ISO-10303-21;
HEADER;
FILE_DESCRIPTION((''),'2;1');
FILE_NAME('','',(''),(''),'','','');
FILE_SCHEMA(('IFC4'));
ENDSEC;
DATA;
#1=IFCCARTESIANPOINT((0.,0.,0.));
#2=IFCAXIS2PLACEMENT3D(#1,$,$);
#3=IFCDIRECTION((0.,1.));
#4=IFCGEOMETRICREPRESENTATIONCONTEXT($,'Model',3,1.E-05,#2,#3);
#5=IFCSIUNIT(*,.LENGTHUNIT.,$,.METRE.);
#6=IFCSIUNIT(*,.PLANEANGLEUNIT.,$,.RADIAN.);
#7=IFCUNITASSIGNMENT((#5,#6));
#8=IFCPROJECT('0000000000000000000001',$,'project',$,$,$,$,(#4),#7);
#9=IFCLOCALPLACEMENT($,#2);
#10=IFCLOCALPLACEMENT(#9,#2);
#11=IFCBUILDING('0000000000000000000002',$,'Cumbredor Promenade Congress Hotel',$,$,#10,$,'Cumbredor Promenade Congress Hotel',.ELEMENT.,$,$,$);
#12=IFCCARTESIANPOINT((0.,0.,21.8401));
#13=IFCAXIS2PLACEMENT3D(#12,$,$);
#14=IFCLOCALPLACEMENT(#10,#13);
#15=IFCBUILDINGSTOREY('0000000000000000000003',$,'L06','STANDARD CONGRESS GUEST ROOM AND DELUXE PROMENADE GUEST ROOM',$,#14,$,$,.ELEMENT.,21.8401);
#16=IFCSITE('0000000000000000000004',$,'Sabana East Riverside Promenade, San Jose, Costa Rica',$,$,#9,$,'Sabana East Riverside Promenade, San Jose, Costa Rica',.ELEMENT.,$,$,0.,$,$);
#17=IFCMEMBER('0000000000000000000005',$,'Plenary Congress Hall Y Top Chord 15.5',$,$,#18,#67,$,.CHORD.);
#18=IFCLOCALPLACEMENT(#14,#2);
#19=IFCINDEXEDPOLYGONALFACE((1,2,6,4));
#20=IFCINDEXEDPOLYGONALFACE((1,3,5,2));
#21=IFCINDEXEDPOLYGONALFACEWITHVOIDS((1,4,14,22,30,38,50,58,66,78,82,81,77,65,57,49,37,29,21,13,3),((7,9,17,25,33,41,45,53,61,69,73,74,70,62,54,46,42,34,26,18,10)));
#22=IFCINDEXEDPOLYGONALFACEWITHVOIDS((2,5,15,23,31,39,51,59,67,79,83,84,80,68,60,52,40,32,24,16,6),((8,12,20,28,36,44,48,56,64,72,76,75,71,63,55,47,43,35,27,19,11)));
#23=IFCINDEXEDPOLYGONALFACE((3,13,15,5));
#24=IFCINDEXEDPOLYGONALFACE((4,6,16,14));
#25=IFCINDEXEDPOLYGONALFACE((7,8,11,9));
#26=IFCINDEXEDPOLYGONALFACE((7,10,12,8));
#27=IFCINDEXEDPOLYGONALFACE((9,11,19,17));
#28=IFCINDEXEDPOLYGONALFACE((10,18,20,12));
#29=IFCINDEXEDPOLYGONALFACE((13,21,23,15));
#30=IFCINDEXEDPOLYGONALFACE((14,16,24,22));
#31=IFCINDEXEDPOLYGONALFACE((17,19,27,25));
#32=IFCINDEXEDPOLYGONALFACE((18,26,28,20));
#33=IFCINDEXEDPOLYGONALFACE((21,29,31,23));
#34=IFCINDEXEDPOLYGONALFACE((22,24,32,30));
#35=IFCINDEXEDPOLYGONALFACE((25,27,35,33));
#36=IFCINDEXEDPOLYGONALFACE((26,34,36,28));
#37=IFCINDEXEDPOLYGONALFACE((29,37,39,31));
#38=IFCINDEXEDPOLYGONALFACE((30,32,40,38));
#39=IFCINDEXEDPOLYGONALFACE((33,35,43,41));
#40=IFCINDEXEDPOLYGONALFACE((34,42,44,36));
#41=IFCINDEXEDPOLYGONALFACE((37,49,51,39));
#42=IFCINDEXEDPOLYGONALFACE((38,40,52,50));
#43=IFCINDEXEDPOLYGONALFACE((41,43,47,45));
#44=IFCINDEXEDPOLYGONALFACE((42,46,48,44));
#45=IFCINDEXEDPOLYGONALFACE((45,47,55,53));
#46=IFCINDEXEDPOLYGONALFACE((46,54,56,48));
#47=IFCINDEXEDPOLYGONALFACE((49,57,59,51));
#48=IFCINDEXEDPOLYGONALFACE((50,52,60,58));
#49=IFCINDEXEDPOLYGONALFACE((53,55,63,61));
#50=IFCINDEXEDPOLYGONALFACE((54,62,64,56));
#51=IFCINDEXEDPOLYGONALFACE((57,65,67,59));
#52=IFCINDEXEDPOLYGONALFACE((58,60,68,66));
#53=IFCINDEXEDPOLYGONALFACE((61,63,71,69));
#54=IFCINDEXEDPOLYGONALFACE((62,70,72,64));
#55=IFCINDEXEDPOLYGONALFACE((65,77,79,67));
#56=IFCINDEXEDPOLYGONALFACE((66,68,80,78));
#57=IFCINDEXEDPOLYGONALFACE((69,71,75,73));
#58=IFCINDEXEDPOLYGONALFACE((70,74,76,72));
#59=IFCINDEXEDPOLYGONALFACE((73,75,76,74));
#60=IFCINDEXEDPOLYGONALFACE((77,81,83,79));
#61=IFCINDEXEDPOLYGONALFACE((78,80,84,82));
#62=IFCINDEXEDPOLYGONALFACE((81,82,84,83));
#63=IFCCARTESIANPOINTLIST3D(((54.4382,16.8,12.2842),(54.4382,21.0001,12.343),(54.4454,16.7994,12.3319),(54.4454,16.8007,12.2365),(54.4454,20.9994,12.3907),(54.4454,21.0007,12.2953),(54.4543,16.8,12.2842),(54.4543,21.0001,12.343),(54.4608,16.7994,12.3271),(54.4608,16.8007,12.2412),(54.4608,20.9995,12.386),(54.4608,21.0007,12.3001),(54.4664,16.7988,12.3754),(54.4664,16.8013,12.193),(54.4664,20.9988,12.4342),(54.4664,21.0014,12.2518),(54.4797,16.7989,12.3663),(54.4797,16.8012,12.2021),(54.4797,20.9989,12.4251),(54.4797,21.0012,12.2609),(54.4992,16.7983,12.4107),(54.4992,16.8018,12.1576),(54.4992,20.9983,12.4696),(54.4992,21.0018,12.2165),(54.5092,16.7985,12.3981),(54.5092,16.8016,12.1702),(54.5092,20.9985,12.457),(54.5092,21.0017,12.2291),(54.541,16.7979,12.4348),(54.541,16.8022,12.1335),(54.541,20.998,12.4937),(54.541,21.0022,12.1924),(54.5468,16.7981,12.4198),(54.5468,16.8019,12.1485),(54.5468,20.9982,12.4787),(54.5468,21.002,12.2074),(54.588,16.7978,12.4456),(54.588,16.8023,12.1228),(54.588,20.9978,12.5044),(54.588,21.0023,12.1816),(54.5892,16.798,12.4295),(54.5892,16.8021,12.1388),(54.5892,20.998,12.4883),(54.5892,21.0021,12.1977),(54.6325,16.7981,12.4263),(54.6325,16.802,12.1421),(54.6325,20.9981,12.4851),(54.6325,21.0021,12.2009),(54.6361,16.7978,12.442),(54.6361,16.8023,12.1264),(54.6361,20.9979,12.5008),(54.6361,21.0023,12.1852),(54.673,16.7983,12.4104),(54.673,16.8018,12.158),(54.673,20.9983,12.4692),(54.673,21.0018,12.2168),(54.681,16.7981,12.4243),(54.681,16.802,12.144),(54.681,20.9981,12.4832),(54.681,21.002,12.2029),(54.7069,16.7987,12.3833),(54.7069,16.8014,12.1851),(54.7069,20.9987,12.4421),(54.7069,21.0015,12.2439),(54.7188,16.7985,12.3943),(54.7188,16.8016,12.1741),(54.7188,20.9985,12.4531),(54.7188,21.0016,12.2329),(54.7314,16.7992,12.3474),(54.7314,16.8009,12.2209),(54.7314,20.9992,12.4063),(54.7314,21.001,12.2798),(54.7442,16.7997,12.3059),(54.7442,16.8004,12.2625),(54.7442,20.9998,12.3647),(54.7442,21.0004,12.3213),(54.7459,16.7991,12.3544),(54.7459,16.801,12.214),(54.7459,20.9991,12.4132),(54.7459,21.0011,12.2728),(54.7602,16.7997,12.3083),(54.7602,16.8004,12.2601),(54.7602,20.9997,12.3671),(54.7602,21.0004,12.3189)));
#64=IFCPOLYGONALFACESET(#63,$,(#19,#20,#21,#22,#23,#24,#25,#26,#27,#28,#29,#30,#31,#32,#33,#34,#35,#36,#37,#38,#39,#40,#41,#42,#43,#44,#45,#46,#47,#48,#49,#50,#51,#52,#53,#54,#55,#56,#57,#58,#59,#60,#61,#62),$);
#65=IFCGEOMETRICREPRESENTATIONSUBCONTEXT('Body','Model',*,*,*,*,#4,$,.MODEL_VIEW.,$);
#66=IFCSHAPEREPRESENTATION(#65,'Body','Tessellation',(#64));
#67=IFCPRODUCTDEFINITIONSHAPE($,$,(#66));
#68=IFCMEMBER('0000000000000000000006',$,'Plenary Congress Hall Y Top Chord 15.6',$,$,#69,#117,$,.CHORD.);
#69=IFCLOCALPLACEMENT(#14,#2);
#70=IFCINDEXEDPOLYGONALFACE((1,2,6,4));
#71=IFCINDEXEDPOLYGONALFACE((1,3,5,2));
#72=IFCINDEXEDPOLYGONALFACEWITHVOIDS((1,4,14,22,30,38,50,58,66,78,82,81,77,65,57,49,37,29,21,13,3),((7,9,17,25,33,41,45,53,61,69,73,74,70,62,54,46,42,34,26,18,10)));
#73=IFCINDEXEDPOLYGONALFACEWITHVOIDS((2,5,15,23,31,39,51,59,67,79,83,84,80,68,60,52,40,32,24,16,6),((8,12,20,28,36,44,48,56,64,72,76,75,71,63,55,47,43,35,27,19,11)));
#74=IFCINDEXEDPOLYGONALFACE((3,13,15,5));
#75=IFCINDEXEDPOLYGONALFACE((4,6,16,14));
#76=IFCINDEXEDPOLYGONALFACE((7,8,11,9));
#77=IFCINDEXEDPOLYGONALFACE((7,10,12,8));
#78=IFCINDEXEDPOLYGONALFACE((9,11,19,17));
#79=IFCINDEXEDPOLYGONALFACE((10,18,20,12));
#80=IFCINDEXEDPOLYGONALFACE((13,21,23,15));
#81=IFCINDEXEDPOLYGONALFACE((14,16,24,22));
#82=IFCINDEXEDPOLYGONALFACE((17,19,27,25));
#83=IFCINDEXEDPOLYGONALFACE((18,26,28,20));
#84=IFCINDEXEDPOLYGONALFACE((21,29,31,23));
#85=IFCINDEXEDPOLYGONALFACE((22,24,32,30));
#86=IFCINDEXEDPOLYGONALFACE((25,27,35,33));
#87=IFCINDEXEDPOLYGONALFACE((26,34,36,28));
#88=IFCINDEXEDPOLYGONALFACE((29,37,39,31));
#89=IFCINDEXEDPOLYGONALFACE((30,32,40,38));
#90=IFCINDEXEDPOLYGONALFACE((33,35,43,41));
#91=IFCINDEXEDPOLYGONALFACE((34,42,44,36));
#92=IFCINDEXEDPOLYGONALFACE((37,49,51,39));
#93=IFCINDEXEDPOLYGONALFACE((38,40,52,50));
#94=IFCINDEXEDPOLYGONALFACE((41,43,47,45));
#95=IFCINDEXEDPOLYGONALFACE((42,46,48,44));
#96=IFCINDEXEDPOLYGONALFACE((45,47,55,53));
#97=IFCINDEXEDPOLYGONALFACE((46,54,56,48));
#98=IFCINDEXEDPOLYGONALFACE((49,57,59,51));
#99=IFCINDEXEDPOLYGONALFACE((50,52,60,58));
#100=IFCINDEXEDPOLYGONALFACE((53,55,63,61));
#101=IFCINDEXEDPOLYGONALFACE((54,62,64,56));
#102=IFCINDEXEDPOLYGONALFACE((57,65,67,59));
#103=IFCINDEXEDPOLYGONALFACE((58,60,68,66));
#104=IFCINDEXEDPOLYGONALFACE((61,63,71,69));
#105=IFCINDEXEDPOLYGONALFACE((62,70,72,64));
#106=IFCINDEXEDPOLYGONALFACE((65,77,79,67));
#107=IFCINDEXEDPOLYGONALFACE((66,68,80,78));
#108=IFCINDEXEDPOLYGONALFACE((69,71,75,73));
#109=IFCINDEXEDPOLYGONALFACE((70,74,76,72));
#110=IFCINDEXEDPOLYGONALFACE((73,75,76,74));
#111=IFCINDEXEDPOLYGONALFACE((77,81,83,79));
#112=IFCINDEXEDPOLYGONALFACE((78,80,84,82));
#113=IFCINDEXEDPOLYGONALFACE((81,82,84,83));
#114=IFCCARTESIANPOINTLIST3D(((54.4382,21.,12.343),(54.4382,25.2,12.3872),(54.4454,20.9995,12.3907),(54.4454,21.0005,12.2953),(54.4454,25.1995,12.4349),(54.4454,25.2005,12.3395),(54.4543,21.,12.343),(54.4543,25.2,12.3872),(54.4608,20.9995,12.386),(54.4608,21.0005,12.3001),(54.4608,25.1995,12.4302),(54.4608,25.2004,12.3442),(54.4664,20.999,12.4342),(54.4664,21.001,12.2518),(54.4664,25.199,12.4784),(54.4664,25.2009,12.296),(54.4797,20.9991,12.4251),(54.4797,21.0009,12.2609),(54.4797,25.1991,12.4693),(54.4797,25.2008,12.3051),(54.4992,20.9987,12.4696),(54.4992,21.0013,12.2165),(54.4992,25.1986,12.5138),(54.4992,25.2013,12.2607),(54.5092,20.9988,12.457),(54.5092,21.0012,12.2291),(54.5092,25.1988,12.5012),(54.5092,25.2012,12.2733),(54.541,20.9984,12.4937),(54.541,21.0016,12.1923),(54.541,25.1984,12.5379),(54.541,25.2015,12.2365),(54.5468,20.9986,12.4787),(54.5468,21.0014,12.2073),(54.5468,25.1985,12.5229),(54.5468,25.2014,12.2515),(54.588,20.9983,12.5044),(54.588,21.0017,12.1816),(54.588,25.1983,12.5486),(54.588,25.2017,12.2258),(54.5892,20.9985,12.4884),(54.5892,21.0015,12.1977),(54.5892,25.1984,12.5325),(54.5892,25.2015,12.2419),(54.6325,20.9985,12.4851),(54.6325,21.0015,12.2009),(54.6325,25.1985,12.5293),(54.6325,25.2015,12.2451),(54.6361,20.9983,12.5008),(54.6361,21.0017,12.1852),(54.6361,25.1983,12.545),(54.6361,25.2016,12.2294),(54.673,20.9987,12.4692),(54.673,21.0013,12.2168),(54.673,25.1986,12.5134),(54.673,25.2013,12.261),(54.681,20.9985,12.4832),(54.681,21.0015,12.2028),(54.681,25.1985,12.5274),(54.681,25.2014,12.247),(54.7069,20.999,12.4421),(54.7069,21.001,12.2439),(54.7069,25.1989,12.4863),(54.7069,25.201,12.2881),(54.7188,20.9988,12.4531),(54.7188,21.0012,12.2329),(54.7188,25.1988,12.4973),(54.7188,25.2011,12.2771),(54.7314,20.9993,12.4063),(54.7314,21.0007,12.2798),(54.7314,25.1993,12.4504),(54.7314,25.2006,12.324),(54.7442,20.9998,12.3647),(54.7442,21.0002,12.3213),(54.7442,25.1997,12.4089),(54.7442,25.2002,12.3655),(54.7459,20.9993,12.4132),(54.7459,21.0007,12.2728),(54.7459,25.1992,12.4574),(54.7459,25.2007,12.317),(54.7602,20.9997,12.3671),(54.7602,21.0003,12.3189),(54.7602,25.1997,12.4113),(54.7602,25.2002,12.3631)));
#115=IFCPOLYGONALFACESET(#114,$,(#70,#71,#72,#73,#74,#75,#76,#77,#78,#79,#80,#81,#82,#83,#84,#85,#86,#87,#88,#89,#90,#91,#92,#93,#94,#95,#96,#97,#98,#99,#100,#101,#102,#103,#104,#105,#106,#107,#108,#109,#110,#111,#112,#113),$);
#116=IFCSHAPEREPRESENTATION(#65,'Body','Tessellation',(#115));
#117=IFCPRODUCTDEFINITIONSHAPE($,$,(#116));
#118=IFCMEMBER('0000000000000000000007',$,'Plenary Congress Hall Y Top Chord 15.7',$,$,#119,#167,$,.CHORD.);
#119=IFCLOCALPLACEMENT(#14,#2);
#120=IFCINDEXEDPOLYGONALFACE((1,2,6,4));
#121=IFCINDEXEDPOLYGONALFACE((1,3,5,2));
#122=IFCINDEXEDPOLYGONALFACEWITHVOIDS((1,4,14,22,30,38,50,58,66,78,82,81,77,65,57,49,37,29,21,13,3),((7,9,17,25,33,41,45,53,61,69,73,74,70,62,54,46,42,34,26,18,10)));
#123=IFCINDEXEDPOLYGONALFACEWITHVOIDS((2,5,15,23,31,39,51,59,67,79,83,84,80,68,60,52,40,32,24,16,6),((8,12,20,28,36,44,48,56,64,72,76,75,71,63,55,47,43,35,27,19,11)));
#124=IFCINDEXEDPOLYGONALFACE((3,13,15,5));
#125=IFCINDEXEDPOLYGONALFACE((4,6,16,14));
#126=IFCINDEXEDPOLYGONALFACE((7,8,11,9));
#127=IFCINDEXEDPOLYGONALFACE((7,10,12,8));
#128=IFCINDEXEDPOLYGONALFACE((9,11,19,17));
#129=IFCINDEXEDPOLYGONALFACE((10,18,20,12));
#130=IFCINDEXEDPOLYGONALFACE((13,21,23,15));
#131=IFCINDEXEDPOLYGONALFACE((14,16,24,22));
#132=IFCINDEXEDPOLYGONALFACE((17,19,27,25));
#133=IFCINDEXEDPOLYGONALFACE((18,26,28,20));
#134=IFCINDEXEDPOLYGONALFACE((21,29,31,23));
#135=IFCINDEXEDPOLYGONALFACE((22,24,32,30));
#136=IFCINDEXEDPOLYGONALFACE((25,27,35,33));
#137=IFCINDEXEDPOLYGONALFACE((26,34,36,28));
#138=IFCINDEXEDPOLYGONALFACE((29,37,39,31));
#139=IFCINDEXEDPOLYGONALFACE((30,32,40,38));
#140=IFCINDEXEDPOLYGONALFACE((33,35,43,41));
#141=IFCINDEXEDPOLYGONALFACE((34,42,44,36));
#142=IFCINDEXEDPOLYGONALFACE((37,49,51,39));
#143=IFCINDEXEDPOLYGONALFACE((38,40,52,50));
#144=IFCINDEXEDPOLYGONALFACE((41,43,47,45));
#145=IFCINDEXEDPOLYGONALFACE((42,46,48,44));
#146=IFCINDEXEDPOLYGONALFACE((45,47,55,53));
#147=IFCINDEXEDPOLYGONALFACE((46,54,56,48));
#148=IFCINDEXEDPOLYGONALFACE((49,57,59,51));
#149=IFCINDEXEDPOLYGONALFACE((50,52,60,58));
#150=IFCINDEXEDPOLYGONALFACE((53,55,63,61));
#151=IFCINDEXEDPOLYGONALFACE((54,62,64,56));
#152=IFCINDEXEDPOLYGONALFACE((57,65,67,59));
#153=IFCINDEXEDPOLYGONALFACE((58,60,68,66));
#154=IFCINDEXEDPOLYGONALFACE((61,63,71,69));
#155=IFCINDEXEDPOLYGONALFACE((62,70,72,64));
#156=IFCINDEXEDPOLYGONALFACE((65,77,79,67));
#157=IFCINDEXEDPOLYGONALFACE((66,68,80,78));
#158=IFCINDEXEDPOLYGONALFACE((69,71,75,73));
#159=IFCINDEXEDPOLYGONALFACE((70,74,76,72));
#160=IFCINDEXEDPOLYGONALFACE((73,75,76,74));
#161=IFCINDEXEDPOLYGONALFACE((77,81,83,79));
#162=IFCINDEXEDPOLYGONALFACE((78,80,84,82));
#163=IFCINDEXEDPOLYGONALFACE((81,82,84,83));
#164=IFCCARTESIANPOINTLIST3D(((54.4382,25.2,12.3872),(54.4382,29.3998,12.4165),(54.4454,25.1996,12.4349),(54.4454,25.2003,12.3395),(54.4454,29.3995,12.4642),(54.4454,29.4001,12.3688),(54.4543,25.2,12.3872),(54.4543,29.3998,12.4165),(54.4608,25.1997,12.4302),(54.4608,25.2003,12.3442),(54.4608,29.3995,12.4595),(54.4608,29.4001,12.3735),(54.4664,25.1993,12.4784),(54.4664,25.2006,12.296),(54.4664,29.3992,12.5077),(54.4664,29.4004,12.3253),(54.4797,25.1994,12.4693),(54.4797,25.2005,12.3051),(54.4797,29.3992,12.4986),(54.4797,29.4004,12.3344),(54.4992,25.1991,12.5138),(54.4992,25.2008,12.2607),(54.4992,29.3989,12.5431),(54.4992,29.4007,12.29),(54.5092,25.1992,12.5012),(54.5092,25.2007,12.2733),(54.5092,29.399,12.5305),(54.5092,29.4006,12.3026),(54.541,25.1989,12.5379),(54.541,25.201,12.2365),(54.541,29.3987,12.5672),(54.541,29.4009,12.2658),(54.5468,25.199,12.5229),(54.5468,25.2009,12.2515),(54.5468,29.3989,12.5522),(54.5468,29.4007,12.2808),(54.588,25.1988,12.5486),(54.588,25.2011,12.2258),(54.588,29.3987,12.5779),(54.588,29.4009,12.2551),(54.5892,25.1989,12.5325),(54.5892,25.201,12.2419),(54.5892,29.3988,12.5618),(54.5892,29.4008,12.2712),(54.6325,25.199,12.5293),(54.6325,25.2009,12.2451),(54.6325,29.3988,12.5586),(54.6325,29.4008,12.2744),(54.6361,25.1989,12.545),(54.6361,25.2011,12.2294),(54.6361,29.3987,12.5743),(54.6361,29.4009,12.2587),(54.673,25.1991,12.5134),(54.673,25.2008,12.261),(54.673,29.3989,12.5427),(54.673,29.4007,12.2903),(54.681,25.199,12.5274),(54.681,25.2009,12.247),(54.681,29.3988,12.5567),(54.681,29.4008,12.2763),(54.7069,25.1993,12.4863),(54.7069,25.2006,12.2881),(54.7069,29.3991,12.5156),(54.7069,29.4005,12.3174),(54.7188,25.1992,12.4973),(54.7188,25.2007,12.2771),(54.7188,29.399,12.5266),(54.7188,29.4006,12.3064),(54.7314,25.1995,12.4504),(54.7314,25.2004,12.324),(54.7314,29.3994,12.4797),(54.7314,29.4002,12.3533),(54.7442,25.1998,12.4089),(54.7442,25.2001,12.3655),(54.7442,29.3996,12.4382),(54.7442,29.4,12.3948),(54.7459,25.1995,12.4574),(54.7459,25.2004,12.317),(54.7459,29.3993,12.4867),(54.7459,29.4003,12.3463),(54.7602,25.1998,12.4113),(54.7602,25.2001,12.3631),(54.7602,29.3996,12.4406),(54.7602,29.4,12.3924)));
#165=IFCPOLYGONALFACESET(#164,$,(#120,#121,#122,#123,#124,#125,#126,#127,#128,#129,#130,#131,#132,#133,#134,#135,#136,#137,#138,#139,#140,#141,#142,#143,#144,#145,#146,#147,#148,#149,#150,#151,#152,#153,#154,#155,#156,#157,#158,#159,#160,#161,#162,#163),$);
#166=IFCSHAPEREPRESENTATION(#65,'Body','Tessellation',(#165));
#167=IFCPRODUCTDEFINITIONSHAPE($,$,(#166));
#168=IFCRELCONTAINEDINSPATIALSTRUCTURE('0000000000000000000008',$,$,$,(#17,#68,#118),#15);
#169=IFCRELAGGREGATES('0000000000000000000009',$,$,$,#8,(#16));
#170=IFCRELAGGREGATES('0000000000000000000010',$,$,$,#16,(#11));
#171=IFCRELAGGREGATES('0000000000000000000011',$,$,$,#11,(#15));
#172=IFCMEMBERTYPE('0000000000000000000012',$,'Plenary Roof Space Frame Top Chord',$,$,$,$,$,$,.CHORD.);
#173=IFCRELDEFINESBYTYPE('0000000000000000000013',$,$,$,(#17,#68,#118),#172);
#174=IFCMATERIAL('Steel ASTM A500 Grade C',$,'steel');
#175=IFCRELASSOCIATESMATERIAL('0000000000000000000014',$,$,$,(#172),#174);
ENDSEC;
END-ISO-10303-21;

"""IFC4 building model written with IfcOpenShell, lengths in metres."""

from ifc_helpers import new_model, si_unit, direction, frame, origin, origin_2d, place, context, subcontext, project, spatial, hollow_circle, extrude, material, material_profile, profile_set, type_object, element, save


model = new_model("IFC4")

# Units and contexts
model_context = context("Model", 3, precision=1e-05, world=origin(), true_north=direction((0.0, 1.0)))
body_context = subcontext(model_context, "Body", "Model", "MODEL_VIEW")
ifc_project = project(units=[si_unit("LENGTHUNIT", "METRE"), si_unit("PLANEANGLEUNIT", "RADIAN")], contexts=[model_context])

# Site, building, storey
site_placement = place(None, origin())
site = spatial("IfcSite", under=ifc_project, at=site_placement, Name="Sabana East Riverside Promenade, San Jose, Costa Rica", LongName="Sabana East Riverside Promenade, San Jose, Costa Rica", CompositionType="ELEMENT", RefElevation=0.0)
building_placement = place(site_placement, origin())
building = spatial("IfcBuilding", under=site, at=building_placement, Name="Cumbredor Promenade Congress Hotel", LongName="Cumbredor Promenade Congress Hotel", CompositionType="ELEMENT")
storey_placement = place(building_placement, frame((0.0, 0.0, 21.8401)))
storey = spatial("IfcBuildingStorey", under=building, at=storey_placement, Name="L06", Description="STANDARD CONGRESS GUEST ROOM AND DELUXE PROMENADE GUEST ROOM", CompositionType="ELEMENT", Elevation=21.8401)

# Members
ifc_material_1 = material(Name="Steel ASTM A500 Grade C", Category="steel")
ifc_material_profile_1 = material_profile(ifc_material_1, hollow_circle(Radius=0.1619, WallThickness=0.0161, at=origin_2d()), Name="CHS 323.9x16")
ifc_profile_set_1 = profile_set([ifc_material_profile_1], Name="Steel ASTM A500 Grade C")
member_type_1 = type_object("IfcMemberType", Name="Plenary Roof Space Frame Top Chord", PredefinedType="CHORD", material=ifc_profile_set_1)
for number, where, z_axis, x_axis, name in (
    (1, (54.6001, 16.8, 12.2842), (0.0, 0.999902, 0.014008), (-1.0, 0.0, 0.0), "Plenary Congress Hall Y Top Chord 15.5"),
):
    element("IfcMember", number, at=place(storey_placement, frame(where, z_axis=z_axis, x_axis=x_axis)), inside=storey, type_object=member_type_1, Name=name, PredefinedType="CHORD", context=body_context, shape_type="SweptSolid", body=[
        extrude(hollow_circle(Radius=0.1619, WallThickness=0.0161, at=origin_2d()), origin(), (0.0, 0.0, 1.0), 4.2004),
    ])
member_1_placement = place(storey_placement, frame((54.6001, 21.0, 12.343), z_axis=(0.0, 0.999945, 0.010521), x_axis=(-1.0, 0.0, 0.0)))
element("IfcMember", 2, at=member_1_placement, inside=storey, type_object=member_type_1, Name="Plenary Congress Hall Y Top Chord 15.6", PredefinedType="CHORD", context=body_context, shape_type="SweptSolid", body=[
    extrude(hollow_circle(Radius=0.1619, WallThickness=0.0161, at=origin_2d()), origin(), (0.0, 0.0, 1.0), 4.2002),
])
member_2_placement = place(storey_placement, frame((54.6001, 25.2, 12.3872), z_axis=(0.0, 0.999976, 0.006975), x_axis=(-1.0, 0.0, 0.0)))
element("IfcMember", 3, at=member_2_placement, inside=storey, type_object=member_type_1, Name="Plenary Congress Hall Y Top Chord 15.7", PredefinedType="CHORD", context=body_context, shape_type="SweptSolid", body=[
    extrude(hollow_circle(Radius=0.1619, WallThickness=0.0161, at=origin_2d()), origin(), (0.0, 0.0, 1.0), 4.2),
])

save(model, "model.ifc")
